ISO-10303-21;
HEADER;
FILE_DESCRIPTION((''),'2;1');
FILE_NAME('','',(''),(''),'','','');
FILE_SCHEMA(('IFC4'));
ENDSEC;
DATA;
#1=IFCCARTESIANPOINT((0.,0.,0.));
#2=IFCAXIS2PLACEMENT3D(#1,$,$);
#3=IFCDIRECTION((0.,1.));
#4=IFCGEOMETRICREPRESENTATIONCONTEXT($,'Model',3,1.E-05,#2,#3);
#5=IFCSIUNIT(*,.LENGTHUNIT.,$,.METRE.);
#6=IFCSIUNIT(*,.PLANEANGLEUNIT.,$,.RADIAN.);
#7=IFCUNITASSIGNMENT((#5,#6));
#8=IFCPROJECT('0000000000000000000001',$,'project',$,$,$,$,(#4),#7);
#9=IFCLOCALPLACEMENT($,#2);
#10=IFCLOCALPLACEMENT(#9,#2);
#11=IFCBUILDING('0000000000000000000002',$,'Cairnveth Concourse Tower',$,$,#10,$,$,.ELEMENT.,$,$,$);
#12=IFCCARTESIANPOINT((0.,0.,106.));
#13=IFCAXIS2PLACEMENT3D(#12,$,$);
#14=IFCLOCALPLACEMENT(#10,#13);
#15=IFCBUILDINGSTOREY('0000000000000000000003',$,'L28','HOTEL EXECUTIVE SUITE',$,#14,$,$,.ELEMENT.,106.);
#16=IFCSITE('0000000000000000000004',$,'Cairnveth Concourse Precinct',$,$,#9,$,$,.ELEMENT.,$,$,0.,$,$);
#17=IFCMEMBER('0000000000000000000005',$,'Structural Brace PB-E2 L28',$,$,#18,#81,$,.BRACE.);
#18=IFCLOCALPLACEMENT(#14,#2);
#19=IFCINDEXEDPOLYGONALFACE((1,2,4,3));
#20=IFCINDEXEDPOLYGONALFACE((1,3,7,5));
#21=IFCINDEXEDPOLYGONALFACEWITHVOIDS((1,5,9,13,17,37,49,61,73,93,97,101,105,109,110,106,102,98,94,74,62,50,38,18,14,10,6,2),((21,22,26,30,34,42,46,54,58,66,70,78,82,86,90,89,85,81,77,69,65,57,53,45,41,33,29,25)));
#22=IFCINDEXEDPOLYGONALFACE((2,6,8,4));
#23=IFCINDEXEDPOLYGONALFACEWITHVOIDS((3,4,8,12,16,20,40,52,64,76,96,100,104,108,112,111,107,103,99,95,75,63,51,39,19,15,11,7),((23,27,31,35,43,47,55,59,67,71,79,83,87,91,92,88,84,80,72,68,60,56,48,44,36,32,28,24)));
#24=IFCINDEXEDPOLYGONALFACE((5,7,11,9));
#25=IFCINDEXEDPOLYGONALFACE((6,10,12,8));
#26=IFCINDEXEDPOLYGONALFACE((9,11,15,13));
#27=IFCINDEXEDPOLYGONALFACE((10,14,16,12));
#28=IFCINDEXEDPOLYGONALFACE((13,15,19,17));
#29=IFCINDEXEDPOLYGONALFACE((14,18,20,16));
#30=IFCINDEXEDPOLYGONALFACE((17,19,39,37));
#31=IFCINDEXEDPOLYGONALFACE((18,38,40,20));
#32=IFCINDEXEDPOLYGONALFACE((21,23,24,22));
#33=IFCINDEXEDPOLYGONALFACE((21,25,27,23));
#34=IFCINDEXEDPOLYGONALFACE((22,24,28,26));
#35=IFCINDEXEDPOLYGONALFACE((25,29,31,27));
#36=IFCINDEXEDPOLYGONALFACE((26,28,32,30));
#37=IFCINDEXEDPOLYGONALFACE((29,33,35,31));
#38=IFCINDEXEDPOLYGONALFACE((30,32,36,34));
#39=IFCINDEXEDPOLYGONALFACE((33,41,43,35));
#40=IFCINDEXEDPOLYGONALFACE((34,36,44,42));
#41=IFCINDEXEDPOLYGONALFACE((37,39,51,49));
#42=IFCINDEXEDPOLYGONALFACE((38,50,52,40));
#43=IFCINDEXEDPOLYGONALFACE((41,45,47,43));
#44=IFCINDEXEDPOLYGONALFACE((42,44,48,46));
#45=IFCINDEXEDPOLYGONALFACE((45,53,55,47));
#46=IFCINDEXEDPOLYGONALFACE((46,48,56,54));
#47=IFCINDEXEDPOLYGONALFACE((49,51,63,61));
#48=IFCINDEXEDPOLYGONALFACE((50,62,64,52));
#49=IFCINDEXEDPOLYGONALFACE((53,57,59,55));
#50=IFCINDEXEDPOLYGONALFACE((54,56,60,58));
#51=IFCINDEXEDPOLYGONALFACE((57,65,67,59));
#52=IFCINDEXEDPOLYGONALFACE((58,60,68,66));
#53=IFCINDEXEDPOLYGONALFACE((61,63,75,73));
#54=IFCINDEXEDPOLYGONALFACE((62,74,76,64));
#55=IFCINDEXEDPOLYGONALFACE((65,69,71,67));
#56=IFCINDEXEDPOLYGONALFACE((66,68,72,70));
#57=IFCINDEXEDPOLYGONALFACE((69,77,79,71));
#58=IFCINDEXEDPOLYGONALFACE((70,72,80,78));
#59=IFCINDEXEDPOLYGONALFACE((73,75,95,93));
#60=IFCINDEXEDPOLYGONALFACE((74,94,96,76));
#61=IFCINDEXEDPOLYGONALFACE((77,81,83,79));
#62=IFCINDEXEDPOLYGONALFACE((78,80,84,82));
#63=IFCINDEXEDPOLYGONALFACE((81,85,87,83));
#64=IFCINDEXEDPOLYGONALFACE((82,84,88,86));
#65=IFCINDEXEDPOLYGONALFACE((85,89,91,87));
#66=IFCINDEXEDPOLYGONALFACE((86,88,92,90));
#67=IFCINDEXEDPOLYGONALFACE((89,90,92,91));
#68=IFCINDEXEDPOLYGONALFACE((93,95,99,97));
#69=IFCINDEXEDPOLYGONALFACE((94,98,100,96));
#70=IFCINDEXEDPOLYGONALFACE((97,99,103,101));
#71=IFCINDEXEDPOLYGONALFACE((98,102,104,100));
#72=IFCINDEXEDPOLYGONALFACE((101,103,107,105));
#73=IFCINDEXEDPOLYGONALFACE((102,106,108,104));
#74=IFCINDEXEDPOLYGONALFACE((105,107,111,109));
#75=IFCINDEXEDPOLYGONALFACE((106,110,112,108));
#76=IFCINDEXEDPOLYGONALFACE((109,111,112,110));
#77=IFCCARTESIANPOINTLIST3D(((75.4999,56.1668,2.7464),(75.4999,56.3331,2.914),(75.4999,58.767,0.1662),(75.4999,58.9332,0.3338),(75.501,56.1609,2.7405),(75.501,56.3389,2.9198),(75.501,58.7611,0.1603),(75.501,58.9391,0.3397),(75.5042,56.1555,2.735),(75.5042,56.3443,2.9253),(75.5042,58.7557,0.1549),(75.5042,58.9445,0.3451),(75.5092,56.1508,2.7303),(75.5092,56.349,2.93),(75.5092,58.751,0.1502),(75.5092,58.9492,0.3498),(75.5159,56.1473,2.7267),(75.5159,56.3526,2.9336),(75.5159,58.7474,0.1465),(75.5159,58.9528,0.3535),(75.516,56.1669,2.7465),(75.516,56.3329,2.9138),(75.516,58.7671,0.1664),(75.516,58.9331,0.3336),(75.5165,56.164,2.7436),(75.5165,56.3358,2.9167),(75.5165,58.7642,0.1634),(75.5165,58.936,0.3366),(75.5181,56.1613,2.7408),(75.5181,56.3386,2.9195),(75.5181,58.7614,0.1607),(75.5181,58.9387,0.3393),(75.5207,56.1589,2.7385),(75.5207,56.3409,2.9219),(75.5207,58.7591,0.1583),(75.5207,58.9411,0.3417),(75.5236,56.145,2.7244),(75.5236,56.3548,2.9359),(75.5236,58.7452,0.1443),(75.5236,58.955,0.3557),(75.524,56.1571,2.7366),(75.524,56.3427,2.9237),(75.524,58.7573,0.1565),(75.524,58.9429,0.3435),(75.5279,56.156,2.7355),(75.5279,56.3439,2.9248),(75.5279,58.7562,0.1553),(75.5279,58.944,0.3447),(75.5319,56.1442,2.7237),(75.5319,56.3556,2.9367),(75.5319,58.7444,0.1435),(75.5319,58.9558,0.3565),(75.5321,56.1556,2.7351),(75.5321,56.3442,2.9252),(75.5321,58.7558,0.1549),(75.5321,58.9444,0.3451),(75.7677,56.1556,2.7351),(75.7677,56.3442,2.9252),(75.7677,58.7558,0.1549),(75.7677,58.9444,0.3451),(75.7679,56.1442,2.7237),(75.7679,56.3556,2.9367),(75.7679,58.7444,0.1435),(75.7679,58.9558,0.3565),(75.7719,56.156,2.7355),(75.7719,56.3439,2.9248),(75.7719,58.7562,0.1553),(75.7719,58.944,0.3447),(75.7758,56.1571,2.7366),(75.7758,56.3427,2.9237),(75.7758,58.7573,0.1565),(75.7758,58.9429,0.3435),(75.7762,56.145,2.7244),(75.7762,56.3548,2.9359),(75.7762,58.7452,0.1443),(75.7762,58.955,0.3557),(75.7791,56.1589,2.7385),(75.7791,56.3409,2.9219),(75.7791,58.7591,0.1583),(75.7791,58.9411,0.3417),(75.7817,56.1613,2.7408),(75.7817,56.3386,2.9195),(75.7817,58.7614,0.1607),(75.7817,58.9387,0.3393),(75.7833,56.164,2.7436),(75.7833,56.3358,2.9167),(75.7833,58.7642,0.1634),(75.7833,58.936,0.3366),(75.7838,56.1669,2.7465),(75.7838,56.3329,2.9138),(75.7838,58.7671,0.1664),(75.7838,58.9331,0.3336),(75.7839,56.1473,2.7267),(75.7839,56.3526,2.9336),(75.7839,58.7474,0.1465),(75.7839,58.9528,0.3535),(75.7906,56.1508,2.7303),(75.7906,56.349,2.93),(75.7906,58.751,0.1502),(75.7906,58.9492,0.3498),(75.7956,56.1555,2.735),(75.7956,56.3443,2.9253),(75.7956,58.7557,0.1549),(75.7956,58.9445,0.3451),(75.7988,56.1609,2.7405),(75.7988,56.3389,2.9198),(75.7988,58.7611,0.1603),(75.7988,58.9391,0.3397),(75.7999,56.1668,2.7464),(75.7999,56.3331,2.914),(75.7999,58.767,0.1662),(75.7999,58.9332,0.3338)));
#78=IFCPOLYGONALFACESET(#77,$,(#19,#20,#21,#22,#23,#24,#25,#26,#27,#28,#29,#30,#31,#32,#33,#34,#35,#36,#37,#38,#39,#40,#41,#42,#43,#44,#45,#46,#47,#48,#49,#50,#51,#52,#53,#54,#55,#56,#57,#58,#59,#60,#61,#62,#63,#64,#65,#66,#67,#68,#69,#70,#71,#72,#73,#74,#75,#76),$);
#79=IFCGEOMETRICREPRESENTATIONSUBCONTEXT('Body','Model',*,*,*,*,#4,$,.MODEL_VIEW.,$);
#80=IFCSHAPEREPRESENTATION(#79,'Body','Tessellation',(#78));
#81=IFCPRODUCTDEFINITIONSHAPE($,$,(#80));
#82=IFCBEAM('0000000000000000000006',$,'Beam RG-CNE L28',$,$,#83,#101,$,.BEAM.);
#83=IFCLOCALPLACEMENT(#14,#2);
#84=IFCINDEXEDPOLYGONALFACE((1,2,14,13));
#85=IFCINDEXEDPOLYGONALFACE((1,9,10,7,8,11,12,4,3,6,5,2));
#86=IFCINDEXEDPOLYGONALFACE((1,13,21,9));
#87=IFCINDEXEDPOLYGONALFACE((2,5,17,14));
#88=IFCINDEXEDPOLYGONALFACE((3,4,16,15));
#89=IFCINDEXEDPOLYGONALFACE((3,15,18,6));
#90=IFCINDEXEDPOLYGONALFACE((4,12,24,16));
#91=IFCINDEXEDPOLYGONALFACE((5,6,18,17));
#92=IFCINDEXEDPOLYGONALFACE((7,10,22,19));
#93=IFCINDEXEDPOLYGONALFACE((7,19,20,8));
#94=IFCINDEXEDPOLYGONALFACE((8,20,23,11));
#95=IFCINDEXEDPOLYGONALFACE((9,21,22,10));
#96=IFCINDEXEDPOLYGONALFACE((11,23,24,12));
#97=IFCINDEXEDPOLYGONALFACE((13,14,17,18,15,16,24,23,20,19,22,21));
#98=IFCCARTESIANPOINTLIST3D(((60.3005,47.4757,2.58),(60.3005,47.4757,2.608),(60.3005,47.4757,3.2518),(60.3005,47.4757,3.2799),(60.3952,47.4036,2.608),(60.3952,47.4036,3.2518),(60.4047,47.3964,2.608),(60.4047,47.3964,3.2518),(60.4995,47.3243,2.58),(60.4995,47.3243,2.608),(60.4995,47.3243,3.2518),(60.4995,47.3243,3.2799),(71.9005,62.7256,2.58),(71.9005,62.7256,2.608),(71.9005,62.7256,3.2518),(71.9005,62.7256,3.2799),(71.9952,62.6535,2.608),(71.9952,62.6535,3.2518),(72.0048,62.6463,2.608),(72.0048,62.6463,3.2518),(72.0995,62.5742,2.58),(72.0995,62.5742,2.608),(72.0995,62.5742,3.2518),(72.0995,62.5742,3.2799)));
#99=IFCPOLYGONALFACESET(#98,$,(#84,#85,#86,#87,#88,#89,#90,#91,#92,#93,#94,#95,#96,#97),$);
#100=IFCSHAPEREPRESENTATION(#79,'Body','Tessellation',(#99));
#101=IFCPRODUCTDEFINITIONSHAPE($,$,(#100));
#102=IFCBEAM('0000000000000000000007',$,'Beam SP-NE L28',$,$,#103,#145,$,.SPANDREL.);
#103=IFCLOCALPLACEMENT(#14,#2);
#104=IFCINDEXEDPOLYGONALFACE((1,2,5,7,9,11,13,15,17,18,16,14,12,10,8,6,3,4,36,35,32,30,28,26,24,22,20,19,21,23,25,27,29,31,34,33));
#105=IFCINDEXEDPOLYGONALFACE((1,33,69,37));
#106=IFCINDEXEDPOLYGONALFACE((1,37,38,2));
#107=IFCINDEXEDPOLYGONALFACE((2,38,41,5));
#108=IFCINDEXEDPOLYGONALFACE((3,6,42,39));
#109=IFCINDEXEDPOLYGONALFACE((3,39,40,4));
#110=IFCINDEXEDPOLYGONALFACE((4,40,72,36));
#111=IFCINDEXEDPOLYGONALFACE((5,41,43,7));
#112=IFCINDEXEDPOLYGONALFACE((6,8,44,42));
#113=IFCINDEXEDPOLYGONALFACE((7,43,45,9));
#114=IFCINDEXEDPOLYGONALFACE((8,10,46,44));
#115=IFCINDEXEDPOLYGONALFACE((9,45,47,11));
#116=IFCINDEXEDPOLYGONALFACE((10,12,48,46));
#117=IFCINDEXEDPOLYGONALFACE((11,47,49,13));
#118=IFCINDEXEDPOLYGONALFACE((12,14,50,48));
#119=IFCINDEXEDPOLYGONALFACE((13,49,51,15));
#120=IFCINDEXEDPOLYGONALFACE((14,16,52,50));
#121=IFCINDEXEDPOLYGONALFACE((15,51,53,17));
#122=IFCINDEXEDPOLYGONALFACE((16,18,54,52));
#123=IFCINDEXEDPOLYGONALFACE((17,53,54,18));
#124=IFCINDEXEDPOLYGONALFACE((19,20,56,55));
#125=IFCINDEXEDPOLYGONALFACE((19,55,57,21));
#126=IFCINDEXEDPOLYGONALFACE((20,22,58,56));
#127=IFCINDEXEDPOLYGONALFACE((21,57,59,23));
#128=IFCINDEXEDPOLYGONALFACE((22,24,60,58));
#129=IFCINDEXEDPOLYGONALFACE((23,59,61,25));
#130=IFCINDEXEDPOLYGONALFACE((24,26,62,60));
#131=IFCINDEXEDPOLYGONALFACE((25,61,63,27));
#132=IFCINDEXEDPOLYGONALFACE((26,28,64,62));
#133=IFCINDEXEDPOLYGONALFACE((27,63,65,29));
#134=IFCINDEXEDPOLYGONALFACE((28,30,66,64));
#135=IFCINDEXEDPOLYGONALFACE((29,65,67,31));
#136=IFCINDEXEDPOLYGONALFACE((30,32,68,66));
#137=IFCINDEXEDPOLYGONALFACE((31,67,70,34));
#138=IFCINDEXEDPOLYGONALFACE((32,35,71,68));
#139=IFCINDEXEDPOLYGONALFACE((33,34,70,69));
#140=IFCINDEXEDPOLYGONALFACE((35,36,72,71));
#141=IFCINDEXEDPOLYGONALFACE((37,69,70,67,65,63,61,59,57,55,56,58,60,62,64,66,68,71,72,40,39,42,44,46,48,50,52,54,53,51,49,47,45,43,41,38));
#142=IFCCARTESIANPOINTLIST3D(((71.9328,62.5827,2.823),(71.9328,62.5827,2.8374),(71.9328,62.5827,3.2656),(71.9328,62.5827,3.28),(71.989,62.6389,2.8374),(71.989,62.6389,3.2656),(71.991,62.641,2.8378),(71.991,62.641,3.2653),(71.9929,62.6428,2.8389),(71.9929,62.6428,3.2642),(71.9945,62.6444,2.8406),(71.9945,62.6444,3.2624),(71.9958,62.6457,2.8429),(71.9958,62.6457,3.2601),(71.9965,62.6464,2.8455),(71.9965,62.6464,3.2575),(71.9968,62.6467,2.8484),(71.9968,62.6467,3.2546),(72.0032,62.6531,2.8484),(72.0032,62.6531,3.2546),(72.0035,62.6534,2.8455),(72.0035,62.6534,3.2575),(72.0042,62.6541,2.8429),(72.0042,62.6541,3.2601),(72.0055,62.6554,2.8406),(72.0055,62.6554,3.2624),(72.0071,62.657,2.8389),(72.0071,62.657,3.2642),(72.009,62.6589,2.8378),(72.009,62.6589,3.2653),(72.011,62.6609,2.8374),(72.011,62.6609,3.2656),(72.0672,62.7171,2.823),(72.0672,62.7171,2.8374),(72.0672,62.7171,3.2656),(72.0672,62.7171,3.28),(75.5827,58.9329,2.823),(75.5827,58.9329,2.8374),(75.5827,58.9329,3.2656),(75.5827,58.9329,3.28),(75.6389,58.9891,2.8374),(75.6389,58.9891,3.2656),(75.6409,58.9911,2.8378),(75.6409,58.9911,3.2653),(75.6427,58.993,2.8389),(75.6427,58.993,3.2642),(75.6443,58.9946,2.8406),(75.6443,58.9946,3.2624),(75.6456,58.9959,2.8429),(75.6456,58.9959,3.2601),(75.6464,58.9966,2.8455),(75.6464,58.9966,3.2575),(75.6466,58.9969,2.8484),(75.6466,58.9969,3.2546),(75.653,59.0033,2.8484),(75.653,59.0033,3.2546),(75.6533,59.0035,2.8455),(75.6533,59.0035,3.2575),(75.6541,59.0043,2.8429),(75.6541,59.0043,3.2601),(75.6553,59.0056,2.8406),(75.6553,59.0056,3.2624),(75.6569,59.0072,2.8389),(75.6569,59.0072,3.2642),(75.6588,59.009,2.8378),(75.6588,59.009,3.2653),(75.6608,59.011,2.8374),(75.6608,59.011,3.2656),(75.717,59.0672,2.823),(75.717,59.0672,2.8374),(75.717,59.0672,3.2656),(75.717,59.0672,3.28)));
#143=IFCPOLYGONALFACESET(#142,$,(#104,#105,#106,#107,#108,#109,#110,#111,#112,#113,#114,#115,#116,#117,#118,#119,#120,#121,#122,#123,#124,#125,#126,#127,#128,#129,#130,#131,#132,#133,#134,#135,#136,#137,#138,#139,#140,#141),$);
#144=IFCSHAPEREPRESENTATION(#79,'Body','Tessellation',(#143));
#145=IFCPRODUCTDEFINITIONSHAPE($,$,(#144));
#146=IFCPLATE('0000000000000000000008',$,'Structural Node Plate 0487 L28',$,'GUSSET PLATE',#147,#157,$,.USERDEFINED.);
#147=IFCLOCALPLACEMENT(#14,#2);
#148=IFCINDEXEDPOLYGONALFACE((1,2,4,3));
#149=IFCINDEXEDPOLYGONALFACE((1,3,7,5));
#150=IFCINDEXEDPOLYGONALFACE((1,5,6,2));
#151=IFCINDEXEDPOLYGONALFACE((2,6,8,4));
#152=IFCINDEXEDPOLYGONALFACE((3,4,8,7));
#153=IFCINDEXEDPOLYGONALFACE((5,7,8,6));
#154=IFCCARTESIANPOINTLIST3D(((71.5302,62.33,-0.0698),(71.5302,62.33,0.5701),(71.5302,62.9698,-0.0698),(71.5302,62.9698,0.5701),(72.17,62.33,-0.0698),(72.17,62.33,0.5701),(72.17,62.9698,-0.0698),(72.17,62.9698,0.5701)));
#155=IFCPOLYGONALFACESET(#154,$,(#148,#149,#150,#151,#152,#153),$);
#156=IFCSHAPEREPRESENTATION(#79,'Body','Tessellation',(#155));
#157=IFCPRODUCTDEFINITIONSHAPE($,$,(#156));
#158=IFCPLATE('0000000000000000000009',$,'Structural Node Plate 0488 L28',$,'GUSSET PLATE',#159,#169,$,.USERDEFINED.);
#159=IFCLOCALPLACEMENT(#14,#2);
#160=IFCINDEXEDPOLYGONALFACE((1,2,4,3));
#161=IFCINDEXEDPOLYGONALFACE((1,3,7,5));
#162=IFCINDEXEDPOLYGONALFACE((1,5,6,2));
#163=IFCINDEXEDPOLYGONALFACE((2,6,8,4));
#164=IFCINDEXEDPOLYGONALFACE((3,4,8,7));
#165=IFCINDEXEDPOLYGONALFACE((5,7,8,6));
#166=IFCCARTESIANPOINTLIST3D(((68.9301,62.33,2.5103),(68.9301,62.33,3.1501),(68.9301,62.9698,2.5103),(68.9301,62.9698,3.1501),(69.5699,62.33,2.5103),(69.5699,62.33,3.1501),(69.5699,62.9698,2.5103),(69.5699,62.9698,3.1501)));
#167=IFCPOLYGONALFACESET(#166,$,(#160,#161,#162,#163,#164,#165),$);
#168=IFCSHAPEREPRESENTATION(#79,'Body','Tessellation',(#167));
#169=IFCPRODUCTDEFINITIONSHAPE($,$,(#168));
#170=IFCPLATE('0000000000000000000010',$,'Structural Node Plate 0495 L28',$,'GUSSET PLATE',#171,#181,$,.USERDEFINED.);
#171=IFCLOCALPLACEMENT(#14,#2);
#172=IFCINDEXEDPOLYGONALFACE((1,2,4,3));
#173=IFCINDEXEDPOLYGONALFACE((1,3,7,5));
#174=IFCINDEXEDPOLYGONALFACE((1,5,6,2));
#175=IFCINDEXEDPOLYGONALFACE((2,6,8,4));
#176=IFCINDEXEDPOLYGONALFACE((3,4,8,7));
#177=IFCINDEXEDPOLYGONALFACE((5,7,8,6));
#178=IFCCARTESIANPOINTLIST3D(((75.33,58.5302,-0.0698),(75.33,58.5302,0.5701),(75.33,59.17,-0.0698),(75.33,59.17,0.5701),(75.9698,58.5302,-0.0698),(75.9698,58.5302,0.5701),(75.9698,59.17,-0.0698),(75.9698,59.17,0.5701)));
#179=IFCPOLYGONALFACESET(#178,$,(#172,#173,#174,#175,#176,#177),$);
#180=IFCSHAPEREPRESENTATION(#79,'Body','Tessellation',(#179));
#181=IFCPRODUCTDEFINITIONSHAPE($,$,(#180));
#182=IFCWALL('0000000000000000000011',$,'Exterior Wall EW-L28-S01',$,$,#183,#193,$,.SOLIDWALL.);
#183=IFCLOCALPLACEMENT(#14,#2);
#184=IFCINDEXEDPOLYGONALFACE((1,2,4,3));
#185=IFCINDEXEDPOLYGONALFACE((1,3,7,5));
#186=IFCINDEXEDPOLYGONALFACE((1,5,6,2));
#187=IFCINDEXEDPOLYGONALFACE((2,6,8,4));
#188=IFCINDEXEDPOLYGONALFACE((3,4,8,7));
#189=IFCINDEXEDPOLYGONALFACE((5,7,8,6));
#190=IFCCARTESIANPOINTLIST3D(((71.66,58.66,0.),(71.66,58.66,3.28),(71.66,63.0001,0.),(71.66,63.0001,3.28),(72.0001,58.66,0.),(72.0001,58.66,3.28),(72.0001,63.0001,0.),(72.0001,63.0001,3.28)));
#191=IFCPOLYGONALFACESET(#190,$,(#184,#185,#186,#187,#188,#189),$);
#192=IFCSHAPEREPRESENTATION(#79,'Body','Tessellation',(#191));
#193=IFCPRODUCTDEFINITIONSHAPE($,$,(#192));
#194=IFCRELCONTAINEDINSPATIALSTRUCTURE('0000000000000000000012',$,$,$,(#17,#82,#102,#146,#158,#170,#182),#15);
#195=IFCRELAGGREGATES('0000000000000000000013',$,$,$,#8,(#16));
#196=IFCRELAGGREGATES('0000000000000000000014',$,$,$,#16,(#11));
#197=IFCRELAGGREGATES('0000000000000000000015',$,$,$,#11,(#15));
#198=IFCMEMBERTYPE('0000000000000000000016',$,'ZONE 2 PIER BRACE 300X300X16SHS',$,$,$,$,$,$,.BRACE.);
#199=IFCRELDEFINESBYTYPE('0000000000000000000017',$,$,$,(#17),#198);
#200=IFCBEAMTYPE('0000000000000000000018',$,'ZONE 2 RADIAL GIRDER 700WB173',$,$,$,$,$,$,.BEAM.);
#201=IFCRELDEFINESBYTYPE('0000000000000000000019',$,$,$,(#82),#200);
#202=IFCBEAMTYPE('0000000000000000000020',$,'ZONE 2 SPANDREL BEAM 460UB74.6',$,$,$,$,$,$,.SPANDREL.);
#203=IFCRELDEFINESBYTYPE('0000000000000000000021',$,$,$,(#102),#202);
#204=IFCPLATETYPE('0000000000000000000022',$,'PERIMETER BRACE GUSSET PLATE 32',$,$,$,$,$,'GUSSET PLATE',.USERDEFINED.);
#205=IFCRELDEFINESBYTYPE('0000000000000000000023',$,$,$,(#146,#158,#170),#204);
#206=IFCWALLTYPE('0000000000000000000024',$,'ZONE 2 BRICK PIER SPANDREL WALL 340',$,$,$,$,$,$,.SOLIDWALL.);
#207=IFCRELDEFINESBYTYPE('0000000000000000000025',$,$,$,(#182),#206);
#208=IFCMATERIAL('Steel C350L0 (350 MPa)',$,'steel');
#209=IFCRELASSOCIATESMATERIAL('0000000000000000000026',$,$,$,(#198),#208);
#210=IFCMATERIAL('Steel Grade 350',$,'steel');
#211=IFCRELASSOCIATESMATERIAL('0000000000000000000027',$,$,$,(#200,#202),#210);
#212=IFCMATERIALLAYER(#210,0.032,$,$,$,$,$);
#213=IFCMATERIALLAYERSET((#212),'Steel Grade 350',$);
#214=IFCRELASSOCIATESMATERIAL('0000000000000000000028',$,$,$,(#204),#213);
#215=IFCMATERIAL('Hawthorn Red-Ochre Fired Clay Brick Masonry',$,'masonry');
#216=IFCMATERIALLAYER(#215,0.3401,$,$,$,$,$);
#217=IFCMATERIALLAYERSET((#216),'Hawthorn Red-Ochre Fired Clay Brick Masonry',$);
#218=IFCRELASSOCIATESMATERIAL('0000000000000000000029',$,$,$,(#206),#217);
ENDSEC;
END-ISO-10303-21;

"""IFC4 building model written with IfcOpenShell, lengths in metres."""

from ifc_helpers import new_model, si_unit, direction, frame, frame_2d, origin, origin_2d, place, context, subcontext, project, spatial, rectangle, hollow_rectangle, i_section, extrude, material, layer, layer_set, material_profile, profile_set, type_object, element, save


model = new_model("IFC4")

# Units and contexts
model_context = context("Model", 3, precision=1e-05, world=origin(), true_north=direction((0.0, 1.0)))
body_context = subcontext(model_context, "Body", "Model", "MODEL_VIEW")
ifc_project = project(units=[si_unit("LENGTHUNIT", "METRE"), si_unit("PLANEANGLEUNIT", "RADIAN")], contexts=[model_context])

# Site, building, storey
site_placement = place(None, origin())
site = spatial("IfcSite", under=ifc_project, at=site_placement, Name="Cairnveth Concourse Precinct", CompositionType="ELEMENT", RefElevation=0.0)
building_placement = place(site_placement, origin())
building = spatial("IfcBuilding", under=site, at=building_placement, Name="Cairnveth Concourse Tower", CompositionType="ELEMENT")
storey_placement = place(building_placement, frame((0.0, 0.0, 106.0)))
storey = spatial("IfcBuildingStorey", under=building, at=storey_placement, Name="L28", Description="HOTEL EXECUTIVE SUITE", CompositionType="ELEMENT", Elevation=106.0)

# Shared definitions
ifc_material_1 = material(Name="Steel Grade 350", Category="steel")

# Member
ifc_material_2 = material(Name="Steel C350L0 (350 MPa)", Category="steel")
ifc_material_profile_1 = material_profile(ifc_material_2, hollow_rectangle(XDim=0.3, YDim=0.3, WallThickness=0.0161, InnerFilletRadius=0.0161, OuterFilletRadius=0.032, at=origin_2d()), Name="300x300x16.0SHS")
ifc_profile_set_1 = profile_set([ifc_material_profile_1], Name="Steel C350L0 (350 MPa)")
member_type = type_object("IfcMemberType", Name="ZONE 2 PIER BRACE 300X300X16SHS", PredefinedType="BRACE", material=ifc_profile_set_1)
for number, where, z_axis, x_axis, name in (
    (1, (75.6499, 58.8501, 0.25), (0.0, -0.709834, 0.704369), (1.0, 0.0, 0.0), "Structural Brace PB-E2 L28"),
):
    element("IfcMember", number, at=place(storey_placement, frame(where, z_axis=z_axis, x_axis=x_axis)), inside=storey, type_object=member_type, Name=name, PredefinedType="BRACE", context=body_context, shape_type="SweptSolid", body=[
        extrude(hollow_rectangle(XDim=0.3, YDim=0.3, WallThickness=0.0161, InnerFilletRadius=0.0161, OuterFilletRadius=0.032, at=origin_2d()), origin(), (0.0, 0.0, 1.0), 3.6631),
    ])

# Beams
ifc_material_profile_2 = material_profile(ifc_material_1, i_section(OverallWidth=0.25, OverallDepth=0.7, WebThickness=0.012, FlangeThickness=0.0281, at=origin_2d()), Name="700WB173")
ifc_profile_set_2 = profile_set([ifc_material_profile_2], Name="Steel Grade 350")
beam_type_1 = type_object("IfcBeamType", Name="ZONE 2 RADIAL GIRDER 700WB173", PredefinedType="BEAM", material=ifc_profile_set_2)
beam_1_placement = place(storey_placement, frame((72.0, 62.6499, 2.9299), z_axis=(-0.605417, -0.795908, 0.0), x_axis=(0.795908, -0.605417, 0.0)))
element("IfcBeam", 2, at=beam_1_placement, inside=storey, type_object=beam_type_1, Name="Beam RG-CNE L28", PredefinedType="BEAM", context=body_context, shape_type="SweptSolid", body=[
    extrude(i_section(OverallWidth=0.25, OverallDepth=0.7, WebThickness=0.012, FlangeThickness=0.0281, at=origin_2d()), origin(), (0.0, 0.0, 1.0), 19.1604),
])
ifc_material_profile_3 = material_profile(ifc_material_1, i_section(OverallWidth=0.1899, OverallDepth=0.457, WebThickness=0.009, FlangeThickness=0.0144, FilletRadius=0.011, at=origin_2d()), Name="460UB74.6")
ifc_profile_set_3 = profile_set([ifc_material_profile_3], Name="Steel Grade 350")
beam_type_2 = type_object("IfcBeamType", Name="ZONE 2 SPANDREL BEAM 460UB74.6", PredefinedType="SPANDREL", material=ifc_profile_set_3)
beam_2_placement = place(storey_placement, frame((72.0, 62.6499, 3.0515), z_axis=(0.707107, -0.707107, 0.0), x_axis=(0.707107, 0.707107, 0.0)))
element("IfcBeam", 3, at=beam_2_placement, inside=storey, type_object=beam_type_2, Name="Beam SP-NE L28", PredefinedType="SPANDREL", context=body_context, shape_type="SweptSolid", body=[
    extrude(i_section(OverallWidth=0.1899, OverallDepth=0.457, WebThickness=0.009, FlangeThickness=0.0144, FilletRadius=0.011, at=origin_2d()), origin(), (0.0, 0.0, 1.0), 5.1616),
])

# Plates
ifc_layer_1 = layer(ifc_material_1, 0.032)
ifc_layer_set_1 = layer_set([ifc_layer_1], Name="Steel Grade 350")
plate_type = type_object("IfcPlateType", Name="PERIMETER BRACE GUSSET PLATE 32", ElementType="GUSSET PLATE", PredefinedType="USERDEFINED", material=ifc_layer_set_1)
for number, where, z_axis, x_axis, name in (
    (4, (71.8501, 62.6499, -0.0698), (0.0, 0.0, 1.0), (1.0, 0.0, 0.0), "Structural Node Plate 0487 L28"),
    (5, (69.25, 62.6499, 2.5103), (0.0, 0.0, 1.0), (1.0, 0.0, 0.0), "Structural Node Plate 0488 L28"),
    (6, (75.6499, 58.8501, -0.0698), (0.0, 0.0, 1.0), (1.0, 0.0, 0.0), "Structural Node Plate 0495 L28"),
):
    element("IfcPlate", number, at=place(storey_placement, frame(where, z_axis=z_axis, x_axis=x_axis)), inside=storey, type_object=plate_type, Name=name, ObjectType="GUSSET PLATE", PredefinedType="USERDEFINED", context=body_context, shape_type="SweptSolid", body=[
        extrude(rectangle(XDim=0.6399, YDim=0.6399, at=origin_2d()), origin(), (0.0, 0.0, 1.0), 0.6399),
    ])

# Wall
ifc_material_3 = material(Name="Hawthorn Red-Ochre Fired Clay Brick Masonry", Category="masonry")
ifc_layer_2 = layer(ifc_material_3, 0.3401)
ifc_layer_set_2 = layer_set([ifc_layer_2], Name="Hawthorn Red-Ochre Fired Clay Brick Masonry")
wall_type = type_object("IfcWallType", Name="ZONE 2 BRICK PIER SPANDREL WALL 340", PredefinedType="SOLIDWALL", material=ifc_layer_set_2)
wall_1_placement = place(storey_placement, frame((71.8301, 63.0, 0.0), z_axis=(0.0, 0.0, 1.0), x_axis=(0.0, -1.0, 0.0)))
element("IfcWall", 7, at=wall_1_placement, inside=storey, type_object=wall_type, Name="Exterior Wall EW-L28-S01", PredefinedType="SOLIDWALL", context=body_context, shape_type="SweptSolid", body=[
    extrude(rectangle(XDim=4.3401, YDim=0.3401, at=frame_2d((2.1699, 0.0))), origin(), (0.0, 0.0, 1.0), 3.28),
])

save(model, "model.ifc")
